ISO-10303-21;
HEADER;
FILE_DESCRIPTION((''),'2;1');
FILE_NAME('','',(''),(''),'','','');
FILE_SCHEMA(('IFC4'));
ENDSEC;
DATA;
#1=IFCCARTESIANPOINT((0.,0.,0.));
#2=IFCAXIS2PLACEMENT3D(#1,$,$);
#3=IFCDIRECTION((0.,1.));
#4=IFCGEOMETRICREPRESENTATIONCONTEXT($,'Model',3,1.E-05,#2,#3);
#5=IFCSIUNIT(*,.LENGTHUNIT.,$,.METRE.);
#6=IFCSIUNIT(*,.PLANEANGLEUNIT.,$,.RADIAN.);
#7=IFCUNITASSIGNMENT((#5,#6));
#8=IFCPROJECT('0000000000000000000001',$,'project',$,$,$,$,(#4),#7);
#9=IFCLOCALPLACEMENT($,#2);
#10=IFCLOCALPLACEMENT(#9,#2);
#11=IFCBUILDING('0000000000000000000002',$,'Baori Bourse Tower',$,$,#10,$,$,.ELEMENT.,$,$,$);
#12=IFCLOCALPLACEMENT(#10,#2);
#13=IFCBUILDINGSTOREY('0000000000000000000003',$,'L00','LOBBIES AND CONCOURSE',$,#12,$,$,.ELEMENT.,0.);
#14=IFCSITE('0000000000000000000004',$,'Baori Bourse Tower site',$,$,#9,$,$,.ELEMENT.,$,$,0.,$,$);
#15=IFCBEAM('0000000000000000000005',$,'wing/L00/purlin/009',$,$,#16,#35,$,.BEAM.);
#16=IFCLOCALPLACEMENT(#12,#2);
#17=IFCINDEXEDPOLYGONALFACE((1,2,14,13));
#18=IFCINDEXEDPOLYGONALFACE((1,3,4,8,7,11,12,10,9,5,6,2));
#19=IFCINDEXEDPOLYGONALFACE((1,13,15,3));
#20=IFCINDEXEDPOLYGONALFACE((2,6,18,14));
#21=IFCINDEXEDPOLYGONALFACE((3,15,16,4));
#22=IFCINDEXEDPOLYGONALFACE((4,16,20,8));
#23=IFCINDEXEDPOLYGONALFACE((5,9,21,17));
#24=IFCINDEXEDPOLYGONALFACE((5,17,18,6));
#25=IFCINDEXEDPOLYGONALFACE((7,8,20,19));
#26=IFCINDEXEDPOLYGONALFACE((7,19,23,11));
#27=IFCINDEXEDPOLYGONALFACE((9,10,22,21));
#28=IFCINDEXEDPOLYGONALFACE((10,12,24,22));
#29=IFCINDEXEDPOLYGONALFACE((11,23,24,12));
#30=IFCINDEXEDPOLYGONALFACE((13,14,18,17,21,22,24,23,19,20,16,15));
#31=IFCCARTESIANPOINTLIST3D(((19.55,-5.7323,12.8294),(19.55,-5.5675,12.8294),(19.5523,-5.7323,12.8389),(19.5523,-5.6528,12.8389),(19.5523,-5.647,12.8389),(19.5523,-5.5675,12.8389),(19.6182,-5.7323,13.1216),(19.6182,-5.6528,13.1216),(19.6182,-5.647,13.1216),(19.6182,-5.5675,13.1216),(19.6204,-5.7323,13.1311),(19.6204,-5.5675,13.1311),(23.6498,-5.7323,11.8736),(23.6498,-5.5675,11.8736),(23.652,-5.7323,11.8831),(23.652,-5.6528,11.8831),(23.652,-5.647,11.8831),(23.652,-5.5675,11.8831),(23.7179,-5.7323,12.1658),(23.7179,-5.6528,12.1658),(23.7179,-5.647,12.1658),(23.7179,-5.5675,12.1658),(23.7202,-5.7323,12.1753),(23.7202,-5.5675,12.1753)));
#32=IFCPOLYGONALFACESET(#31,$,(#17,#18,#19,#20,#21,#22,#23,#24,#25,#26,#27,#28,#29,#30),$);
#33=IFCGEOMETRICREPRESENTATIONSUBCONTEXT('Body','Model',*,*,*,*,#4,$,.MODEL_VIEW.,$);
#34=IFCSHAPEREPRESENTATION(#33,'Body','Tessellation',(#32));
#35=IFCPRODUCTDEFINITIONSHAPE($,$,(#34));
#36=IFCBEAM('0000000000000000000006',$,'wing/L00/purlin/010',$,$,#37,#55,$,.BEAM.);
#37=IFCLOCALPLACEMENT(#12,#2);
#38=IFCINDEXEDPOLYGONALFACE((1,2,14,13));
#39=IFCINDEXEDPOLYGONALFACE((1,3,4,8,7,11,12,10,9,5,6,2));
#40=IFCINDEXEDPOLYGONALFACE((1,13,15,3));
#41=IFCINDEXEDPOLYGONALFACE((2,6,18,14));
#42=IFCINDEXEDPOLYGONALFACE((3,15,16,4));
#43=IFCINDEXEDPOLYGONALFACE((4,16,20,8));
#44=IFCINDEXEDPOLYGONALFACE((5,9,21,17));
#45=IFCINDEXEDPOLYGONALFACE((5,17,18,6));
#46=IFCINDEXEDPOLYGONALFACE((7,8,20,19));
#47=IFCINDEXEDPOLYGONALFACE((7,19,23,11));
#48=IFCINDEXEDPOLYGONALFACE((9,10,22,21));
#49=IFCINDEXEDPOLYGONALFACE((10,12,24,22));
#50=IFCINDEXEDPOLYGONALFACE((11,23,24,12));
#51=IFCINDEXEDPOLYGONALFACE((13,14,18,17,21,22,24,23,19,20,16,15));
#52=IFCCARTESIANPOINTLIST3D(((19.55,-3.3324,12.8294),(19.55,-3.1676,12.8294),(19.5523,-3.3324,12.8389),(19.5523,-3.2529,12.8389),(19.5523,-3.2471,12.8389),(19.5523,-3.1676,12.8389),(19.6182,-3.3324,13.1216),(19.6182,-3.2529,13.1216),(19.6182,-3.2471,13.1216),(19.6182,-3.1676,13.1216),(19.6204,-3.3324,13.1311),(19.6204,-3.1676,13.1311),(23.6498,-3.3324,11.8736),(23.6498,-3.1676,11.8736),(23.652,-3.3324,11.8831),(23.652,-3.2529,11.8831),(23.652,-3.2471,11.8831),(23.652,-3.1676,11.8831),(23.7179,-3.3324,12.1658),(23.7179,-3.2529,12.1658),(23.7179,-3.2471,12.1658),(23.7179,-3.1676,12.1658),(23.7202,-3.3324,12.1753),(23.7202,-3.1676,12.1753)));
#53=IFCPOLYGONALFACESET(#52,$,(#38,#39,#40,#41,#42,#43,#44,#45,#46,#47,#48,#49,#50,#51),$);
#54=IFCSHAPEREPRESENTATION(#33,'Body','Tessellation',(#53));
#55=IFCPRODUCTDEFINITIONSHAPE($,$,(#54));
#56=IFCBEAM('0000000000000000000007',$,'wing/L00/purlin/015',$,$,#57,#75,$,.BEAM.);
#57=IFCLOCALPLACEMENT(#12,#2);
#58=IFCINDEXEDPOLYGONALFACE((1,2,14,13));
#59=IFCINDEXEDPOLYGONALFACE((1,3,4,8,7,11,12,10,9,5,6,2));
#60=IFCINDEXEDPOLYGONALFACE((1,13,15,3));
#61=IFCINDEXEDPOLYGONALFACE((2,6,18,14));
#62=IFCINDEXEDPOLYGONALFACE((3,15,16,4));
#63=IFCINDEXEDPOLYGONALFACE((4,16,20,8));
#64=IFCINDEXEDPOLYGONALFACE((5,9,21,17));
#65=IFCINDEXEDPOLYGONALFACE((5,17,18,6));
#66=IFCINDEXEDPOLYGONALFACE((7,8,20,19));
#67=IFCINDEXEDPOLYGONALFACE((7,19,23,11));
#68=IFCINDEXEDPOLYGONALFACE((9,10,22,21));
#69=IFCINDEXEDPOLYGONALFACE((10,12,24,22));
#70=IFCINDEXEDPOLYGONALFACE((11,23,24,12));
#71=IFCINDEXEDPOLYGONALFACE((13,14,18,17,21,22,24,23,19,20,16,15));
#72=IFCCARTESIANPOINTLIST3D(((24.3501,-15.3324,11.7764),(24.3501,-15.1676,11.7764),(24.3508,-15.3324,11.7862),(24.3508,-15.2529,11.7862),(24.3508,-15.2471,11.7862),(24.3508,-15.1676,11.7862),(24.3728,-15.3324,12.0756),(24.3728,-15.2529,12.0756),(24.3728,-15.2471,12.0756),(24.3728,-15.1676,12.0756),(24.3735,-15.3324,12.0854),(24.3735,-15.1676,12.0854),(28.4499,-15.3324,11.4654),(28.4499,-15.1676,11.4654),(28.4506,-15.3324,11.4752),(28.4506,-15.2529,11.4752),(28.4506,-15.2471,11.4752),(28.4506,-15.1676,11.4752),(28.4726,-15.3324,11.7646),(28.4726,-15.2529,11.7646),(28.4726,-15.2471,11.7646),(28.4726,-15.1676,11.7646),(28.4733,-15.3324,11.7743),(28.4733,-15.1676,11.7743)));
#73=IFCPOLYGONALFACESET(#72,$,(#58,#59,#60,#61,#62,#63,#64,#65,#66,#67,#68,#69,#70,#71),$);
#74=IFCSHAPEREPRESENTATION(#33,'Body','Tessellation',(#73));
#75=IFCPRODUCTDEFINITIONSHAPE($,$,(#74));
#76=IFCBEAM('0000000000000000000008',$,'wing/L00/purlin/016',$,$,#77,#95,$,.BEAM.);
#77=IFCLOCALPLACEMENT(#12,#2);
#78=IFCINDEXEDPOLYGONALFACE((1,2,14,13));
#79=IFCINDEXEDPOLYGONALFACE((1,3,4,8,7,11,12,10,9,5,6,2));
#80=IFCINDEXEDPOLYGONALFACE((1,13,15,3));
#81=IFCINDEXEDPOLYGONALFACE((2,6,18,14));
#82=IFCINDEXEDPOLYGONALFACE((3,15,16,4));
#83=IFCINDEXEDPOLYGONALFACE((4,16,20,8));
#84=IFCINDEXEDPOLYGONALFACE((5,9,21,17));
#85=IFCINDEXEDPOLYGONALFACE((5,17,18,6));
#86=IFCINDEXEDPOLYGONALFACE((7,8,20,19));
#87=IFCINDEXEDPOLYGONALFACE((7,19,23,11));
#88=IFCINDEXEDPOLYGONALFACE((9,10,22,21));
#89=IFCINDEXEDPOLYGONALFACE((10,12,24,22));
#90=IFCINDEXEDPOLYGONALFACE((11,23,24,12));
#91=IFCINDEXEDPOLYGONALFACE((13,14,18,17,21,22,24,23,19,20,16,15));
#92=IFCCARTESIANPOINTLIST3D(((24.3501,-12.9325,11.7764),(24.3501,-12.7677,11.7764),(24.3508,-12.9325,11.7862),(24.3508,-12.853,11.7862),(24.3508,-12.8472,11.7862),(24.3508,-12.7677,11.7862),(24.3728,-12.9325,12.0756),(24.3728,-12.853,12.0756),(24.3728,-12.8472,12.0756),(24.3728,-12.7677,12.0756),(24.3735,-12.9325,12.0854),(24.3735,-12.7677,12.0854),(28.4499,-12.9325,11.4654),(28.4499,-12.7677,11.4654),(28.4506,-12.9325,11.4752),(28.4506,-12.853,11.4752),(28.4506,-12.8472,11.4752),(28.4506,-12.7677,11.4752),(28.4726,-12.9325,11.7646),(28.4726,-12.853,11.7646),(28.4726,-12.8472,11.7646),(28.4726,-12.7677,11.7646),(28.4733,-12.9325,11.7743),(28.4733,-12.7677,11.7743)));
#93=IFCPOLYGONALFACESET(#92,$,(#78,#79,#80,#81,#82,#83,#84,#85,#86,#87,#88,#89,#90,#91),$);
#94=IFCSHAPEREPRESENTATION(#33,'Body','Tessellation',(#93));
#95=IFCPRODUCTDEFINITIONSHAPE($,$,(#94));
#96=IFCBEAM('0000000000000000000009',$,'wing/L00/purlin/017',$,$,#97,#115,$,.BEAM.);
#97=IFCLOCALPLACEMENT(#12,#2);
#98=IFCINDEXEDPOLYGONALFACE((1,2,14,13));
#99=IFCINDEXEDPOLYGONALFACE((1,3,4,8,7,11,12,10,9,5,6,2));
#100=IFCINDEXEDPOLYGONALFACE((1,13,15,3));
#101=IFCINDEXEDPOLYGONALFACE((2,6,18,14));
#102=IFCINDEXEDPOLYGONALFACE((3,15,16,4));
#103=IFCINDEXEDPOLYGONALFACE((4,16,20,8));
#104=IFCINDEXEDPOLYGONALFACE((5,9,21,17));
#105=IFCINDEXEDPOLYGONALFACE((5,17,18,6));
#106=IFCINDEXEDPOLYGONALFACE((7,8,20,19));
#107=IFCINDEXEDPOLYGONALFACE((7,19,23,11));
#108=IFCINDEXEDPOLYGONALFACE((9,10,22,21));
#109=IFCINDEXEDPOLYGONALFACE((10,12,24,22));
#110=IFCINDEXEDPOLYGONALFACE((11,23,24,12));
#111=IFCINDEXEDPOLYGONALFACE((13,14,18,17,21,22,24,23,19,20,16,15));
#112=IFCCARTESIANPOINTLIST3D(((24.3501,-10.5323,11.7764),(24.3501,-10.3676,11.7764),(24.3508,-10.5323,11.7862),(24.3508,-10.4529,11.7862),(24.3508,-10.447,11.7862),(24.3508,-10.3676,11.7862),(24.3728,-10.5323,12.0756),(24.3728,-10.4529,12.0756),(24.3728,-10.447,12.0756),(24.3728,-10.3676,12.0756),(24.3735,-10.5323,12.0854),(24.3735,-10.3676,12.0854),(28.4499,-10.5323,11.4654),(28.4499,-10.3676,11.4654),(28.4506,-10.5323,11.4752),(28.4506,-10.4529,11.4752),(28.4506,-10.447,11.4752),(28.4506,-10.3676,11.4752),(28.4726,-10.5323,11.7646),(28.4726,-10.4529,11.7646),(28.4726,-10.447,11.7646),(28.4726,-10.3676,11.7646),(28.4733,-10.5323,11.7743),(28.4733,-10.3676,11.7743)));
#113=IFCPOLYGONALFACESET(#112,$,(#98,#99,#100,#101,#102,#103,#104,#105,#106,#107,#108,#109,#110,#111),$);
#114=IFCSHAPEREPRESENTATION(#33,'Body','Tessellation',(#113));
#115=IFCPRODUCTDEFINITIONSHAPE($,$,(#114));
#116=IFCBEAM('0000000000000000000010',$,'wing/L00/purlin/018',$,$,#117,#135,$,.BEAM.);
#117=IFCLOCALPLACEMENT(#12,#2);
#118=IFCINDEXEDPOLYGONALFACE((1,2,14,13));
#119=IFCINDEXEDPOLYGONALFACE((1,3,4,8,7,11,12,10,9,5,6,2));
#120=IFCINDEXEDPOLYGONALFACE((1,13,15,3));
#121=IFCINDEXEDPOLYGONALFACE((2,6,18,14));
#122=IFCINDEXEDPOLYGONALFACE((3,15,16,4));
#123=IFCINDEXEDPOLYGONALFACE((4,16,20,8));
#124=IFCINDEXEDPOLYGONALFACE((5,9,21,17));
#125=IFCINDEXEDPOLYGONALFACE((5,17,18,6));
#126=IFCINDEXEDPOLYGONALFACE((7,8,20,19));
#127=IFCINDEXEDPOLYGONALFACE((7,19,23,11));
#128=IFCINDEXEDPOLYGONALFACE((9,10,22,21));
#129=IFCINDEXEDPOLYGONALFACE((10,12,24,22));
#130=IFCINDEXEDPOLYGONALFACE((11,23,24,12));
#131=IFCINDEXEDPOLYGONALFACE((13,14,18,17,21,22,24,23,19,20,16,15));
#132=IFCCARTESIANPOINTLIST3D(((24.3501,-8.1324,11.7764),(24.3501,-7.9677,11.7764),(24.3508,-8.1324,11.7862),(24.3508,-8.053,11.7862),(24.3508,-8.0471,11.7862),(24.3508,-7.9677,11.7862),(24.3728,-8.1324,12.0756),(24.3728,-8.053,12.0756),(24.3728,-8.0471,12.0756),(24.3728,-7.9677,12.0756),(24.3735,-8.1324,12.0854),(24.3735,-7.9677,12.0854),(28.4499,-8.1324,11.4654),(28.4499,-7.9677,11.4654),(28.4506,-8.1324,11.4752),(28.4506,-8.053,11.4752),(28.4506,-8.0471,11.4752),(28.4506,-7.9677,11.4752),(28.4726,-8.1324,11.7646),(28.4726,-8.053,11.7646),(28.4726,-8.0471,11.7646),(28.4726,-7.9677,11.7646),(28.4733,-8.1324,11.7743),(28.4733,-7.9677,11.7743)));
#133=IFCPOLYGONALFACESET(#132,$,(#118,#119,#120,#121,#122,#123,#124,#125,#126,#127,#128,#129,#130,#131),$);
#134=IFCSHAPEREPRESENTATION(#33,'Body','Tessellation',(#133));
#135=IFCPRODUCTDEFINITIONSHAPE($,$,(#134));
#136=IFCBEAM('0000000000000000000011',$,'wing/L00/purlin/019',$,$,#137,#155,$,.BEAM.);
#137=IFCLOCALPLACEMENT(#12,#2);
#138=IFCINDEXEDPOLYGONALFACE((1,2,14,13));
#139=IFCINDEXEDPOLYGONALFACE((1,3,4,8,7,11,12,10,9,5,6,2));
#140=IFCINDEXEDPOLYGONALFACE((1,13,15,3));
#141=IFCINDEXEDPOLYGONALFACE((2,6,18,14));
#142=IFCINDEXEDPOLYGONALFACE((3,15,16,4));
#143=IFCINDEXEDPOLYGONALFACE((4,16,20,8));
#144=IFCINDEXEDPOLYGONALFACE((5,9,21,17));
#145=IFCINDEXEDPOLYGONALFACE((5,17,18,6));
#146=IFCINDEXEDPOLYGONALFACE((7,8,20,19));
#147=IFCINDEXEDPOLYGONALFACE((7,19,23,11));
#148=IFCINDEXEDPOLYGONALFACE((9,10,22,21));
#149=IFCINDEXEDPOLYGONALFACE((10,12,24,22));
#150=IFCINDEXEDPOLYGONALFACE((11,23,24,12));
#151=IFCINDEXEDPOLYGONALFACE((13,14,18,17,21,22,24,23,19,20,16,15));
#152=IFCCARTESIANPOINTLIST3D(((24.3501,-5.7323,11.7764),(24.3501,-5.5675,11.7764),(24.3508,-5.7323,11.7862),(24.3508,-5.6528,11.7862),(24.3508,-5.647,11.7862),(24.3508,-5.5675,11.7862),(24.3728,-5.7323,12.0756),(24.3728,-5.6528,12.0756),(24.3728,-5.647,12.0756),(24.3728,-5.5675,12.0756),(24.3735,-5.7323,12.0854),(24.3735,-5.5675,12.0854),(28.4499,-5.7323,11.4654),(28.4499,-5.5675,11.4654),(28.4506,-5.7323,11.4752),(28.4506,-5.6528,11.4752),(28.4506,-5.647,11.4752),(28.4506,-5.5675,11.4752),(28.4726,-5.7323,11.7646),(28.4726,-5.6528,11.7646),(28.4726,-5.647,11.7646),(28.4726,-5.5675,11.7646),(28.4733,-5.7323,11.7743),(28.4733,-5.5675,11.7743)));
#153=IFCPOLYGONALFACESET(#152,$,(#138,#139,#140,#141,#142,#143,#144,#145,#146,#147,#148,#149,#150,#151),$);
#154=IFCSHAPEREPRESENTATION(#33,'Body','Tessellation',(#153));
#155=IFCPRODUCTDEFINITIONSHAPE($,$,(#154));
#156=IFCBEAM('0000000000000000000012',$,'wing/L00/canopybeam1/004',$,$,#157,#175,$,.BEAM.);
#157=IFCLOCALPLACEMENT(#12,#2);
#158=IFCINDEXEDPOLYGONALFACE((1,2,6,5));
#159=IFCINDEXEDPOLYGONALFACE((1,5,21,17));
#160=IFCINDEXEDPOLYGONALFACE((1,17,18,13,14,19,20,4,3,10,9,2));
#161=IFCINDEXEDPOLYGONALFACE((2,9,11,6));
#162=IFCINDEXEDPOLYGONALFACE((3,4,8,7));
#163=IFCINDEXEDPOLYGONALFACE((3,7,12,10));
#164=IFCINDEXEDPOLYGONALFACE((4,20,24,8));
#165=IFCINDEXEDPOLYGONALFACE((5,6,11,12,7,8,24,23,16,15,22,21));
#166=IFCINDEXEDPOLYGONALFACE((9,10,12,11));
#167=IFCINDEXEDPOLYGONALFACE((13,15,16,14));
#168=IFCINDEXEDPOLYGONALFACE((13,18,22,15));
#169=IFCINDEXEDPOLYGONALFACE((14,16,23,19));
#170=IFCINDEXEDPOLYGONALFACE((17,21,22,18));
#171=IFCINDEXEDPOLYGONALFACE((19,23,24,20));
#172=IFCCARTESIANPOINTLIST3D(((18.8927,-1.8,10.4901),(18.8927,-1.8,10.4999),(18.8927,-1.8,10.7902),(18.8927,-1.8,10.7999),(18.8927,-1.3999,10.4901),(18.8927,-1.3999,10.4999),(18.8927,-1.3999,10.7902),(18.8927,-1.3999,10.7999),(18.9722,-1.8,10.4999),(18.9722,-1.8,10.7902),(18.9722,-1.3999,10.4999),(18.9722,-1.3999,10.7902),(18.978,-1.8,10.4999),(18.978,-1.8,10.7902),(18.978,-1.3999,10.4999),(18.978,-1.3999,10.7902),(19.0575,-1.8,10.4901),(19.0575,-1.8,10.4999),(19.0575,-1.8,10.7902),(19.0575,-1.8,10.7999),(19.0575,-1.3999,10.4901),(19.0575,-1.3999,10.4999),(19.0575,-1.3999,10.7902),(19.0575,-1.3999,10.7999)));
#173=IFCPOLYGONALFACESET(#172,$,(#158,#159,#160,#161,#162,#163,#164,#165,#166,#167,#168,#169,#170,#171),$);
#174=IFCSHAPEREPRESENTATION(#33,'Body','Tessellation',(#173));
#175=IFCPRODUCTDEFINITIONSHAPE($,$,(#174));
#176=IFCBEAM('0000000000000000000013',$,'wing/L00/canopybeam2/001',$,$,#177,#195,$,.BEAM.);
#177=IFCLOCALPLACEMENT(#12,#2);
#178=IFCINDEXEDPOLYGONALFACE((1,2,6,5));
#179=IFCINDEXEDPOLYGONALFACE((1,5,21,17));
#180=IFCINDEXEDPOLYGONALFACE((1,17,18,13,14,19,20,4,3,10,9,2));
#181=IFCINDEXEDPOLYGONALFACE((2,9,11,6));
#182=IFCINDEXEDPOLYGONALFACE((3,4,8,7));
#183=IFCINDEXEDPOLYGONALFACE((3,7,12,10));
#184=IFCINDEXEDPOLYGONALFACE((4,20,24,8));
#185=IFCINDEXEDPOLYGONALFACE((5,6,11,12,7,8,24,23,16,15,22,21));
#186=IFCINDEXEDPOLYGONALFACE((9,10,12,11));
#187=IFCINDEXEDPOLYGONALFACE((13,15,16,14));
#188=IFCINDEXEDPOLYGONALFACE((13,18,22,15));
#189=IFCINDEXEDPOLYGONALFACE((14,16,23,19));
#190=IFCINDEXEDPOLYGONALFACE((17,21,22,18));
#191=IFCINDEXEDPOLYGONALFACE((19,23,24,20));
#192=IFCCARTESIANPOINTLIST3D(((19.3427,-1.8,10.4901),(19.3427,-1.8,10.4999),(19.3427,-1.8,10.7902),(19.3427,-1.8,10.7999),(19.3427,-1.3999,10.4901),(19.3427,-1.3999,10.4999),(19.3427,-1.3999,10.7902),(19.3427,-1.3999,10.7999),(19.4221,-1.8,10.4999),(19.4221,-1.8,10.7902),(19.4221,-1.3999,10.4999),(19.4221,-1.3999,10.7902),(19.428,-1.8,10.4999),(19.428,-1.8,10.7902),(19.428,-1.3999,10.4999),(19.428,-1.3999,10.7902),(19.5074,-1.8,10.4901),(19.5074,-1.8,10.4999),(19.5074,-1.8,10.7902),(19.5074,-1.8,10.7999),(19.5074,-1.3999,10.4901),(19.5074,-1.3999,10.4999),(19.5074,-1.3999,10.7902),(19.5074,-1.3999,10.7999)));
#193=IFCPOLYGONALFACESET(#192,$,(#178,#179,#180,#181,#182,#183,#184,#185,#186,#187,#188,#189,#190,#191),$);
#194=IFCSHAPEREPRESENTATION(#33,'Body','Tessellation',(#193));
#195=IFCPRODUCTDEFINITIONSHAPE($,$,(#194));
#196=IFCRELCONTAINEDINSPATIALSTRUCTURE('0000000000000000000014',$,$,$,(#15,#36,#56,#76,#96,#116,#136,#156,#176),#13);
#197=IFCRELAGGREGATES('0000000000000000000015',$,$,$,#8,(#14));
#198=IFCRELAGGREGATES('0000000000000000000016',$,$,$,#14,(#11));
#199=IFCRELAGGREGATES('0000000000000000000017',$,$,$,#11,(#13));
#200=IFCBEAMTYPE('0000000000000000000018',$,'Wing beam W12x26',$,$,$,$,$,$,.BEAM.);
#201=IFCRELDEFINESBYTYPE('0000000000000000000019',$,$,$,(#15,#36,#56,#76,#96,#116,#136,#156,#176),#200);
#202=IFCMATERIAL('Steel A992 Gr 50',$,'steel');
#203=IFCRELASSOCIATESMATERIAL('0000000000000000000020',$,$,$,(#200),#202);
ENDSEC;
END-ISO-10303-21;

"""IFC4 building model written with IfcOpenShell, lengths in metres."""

from ifc_helpers import new_model, si_unit, direction, frame, origin, origin_2d, place, context, subcontext, project, spatial, i_section, extrude, material, material_profile, profile_set, type_object, element, save


model = new_model("IFC4")

# Units and contexts
model_context = context("Model", 3, precision=1e-05, world=origin(), true_north=direction((0.0, 1.0)))
body_context = subcontext(model_context, "Body", "Model", "MODEL_VIEW")
ifc_project = project(units=[si_unit("LENGTHUNIT", "METRE"), si_unit("PLANEANGLEUNIT", "RADIAN")], contexts=[model_context])

# Site, building, storey
site_placement = place(None, origin())
site = spatial("IfcSite", under=ifc_project, at=site_placement, Name="Baori Bourse Tower site", CompositionType="ELEMENT", RefElevation=0.0)
building_placement = place(site_placement, origin())
building = spatial("IfcBuilding", under=site, at=building_placement, Name="Baori Bourse Tower", CompositionType="ELEMENT")
storey_placement = place(building_placement, origin())
storey = spatial("IfcBuildingStorey", under=building, at=storey_placement, Name="L00", Description="LOBBIES AND CONCOURSE", CompositionType="ELEMENT", Elevation=0.0)

# Beams
ifc_material_1 = material(Name="Steel A992 Gr 50", Category="steel")
ifc_material_profile_1 = material_profile(ifc_material_1, i_section(OverallWidth=0.1648, OverallDepth=0.3098, WebThickness=0.0059, FlangeThickness=0.0098, at=origin_2d()), Name="W12x26")
ifc_profile_set_1 = profile_set([ifc_material_profile_1], Name="Steel A992 Gr 50")
beam_type = type_object("IfcBeamType", Name="Wing beam W12x26", PredefinedType="BEAM", material=ifc_profile_set_1)
for number, where, z_axis, x_axis, name in (
    (1, (19.5852, -5.6499, 12.9802), (0.973884, 0.0, -0.227044), (0.0, 1.0, 0.0), "wing/L00/purlin/009"),
    (2, (19.5852, -3.25, 12.9802), (0.973884, 0.0, -0.227044), (0.0, 1.0, 0.0), "wing/L00/purlin/010"),
):
    element("IfcBeam", number, at=place(storey_placement, frame(where, z_axis=z_axis, x_axis=x_axis)), inside=storey, type_object=beam_type, Name=name, PredefinedType="BEAM", context=body_context, shape_type="SweptSolid", body=[
        extrude(i_section(OverallWidth=0.1648, OverallDepth=0.3098, WebThickness=0.0059, FlangeThickness=0.0098, at=origin_2d()), origin(), (0.0, 0.0, 1.0), 4.2097),
    ])
for number, where, z_axis, x_axis, name in (
    (3, (24.3618, -15.25, 11.9309), (0.997135, 0.0, -0.075648), (0.0, 1.0, 0.0), "wing/L00/purlin/015"),
    (4, (24.3618, -12.8501, 11.9309), (0.997135, 0.0, -0.075648), (0.0, 1.0, 0.0), "wing/L00/purlin/016"),
    (5, (24.3618, -10.45, 11.9309), (0.997135, 0.0, -0.075648), (0.0, 1.0, 0.0), "wing/L00/purlin/017"),
    (6, (24.3618, -8.05, 11.9309), (0.997135, 0.0, -0.075648), (0.0, 1.0, 0.0), "wing/L00/purlin/018"),
    (7, (24.3618, -5.6499, 11.9309), (0.997135, 0.0, -0.075648), (0.0, 1.0, 0.0), "wing/L00/purlin/019"),
):
    element("IfcBeam", number, at=place(storey_placement, frame(where, z_axis=z_axis, x_axis=x_axis)), inside=storey, type_object=beam_type, Name=name, PredefinedType="BEAM", context=body_context, shape_type="SweptSolid", body=[
        extrude(i_section(OverallWidth=0.1648, OverallDepth=0.3098, WebThickness=0.0059, FlangeThickness=0.0098, at=origin_2d()), origin(), (0.0, 0.0, 1.0), 4.1116),
    ])
for number, where, z_axis, x_axis, name in (
    (8, (18.9751, -1.8, 10.645), (0.0, 1.0, 0.0), (-1.0, 0.0, 0.0), "wing/L00/canopybeam1/004"),
    (9, (19.425, -1.8, 10.645), (0.0, 1.0, 0.0), (-1.0, 0.0, 0.0), "wing/L00/canopybeam2/001"),
):
    element("IfcBeam", number, at=place(storey_placement, frame(where, z_axis=z_axis, x_axis=x_axis)), inside=storey, type_object=beam_type, Name=name, PredefinedType="BEAM", context=body_context, shape_type="SweptSolid", body=[
        extrude(i_section(OverallWidth=0.1648, OverallDepth=0.3098, WebThickness=0.0059, FlangeThickness=0.0098, at=origin_2d()), origin(), (0.0, 0.0, 1.0), 0.4001),
    ])

save(model, "model.ifc")
